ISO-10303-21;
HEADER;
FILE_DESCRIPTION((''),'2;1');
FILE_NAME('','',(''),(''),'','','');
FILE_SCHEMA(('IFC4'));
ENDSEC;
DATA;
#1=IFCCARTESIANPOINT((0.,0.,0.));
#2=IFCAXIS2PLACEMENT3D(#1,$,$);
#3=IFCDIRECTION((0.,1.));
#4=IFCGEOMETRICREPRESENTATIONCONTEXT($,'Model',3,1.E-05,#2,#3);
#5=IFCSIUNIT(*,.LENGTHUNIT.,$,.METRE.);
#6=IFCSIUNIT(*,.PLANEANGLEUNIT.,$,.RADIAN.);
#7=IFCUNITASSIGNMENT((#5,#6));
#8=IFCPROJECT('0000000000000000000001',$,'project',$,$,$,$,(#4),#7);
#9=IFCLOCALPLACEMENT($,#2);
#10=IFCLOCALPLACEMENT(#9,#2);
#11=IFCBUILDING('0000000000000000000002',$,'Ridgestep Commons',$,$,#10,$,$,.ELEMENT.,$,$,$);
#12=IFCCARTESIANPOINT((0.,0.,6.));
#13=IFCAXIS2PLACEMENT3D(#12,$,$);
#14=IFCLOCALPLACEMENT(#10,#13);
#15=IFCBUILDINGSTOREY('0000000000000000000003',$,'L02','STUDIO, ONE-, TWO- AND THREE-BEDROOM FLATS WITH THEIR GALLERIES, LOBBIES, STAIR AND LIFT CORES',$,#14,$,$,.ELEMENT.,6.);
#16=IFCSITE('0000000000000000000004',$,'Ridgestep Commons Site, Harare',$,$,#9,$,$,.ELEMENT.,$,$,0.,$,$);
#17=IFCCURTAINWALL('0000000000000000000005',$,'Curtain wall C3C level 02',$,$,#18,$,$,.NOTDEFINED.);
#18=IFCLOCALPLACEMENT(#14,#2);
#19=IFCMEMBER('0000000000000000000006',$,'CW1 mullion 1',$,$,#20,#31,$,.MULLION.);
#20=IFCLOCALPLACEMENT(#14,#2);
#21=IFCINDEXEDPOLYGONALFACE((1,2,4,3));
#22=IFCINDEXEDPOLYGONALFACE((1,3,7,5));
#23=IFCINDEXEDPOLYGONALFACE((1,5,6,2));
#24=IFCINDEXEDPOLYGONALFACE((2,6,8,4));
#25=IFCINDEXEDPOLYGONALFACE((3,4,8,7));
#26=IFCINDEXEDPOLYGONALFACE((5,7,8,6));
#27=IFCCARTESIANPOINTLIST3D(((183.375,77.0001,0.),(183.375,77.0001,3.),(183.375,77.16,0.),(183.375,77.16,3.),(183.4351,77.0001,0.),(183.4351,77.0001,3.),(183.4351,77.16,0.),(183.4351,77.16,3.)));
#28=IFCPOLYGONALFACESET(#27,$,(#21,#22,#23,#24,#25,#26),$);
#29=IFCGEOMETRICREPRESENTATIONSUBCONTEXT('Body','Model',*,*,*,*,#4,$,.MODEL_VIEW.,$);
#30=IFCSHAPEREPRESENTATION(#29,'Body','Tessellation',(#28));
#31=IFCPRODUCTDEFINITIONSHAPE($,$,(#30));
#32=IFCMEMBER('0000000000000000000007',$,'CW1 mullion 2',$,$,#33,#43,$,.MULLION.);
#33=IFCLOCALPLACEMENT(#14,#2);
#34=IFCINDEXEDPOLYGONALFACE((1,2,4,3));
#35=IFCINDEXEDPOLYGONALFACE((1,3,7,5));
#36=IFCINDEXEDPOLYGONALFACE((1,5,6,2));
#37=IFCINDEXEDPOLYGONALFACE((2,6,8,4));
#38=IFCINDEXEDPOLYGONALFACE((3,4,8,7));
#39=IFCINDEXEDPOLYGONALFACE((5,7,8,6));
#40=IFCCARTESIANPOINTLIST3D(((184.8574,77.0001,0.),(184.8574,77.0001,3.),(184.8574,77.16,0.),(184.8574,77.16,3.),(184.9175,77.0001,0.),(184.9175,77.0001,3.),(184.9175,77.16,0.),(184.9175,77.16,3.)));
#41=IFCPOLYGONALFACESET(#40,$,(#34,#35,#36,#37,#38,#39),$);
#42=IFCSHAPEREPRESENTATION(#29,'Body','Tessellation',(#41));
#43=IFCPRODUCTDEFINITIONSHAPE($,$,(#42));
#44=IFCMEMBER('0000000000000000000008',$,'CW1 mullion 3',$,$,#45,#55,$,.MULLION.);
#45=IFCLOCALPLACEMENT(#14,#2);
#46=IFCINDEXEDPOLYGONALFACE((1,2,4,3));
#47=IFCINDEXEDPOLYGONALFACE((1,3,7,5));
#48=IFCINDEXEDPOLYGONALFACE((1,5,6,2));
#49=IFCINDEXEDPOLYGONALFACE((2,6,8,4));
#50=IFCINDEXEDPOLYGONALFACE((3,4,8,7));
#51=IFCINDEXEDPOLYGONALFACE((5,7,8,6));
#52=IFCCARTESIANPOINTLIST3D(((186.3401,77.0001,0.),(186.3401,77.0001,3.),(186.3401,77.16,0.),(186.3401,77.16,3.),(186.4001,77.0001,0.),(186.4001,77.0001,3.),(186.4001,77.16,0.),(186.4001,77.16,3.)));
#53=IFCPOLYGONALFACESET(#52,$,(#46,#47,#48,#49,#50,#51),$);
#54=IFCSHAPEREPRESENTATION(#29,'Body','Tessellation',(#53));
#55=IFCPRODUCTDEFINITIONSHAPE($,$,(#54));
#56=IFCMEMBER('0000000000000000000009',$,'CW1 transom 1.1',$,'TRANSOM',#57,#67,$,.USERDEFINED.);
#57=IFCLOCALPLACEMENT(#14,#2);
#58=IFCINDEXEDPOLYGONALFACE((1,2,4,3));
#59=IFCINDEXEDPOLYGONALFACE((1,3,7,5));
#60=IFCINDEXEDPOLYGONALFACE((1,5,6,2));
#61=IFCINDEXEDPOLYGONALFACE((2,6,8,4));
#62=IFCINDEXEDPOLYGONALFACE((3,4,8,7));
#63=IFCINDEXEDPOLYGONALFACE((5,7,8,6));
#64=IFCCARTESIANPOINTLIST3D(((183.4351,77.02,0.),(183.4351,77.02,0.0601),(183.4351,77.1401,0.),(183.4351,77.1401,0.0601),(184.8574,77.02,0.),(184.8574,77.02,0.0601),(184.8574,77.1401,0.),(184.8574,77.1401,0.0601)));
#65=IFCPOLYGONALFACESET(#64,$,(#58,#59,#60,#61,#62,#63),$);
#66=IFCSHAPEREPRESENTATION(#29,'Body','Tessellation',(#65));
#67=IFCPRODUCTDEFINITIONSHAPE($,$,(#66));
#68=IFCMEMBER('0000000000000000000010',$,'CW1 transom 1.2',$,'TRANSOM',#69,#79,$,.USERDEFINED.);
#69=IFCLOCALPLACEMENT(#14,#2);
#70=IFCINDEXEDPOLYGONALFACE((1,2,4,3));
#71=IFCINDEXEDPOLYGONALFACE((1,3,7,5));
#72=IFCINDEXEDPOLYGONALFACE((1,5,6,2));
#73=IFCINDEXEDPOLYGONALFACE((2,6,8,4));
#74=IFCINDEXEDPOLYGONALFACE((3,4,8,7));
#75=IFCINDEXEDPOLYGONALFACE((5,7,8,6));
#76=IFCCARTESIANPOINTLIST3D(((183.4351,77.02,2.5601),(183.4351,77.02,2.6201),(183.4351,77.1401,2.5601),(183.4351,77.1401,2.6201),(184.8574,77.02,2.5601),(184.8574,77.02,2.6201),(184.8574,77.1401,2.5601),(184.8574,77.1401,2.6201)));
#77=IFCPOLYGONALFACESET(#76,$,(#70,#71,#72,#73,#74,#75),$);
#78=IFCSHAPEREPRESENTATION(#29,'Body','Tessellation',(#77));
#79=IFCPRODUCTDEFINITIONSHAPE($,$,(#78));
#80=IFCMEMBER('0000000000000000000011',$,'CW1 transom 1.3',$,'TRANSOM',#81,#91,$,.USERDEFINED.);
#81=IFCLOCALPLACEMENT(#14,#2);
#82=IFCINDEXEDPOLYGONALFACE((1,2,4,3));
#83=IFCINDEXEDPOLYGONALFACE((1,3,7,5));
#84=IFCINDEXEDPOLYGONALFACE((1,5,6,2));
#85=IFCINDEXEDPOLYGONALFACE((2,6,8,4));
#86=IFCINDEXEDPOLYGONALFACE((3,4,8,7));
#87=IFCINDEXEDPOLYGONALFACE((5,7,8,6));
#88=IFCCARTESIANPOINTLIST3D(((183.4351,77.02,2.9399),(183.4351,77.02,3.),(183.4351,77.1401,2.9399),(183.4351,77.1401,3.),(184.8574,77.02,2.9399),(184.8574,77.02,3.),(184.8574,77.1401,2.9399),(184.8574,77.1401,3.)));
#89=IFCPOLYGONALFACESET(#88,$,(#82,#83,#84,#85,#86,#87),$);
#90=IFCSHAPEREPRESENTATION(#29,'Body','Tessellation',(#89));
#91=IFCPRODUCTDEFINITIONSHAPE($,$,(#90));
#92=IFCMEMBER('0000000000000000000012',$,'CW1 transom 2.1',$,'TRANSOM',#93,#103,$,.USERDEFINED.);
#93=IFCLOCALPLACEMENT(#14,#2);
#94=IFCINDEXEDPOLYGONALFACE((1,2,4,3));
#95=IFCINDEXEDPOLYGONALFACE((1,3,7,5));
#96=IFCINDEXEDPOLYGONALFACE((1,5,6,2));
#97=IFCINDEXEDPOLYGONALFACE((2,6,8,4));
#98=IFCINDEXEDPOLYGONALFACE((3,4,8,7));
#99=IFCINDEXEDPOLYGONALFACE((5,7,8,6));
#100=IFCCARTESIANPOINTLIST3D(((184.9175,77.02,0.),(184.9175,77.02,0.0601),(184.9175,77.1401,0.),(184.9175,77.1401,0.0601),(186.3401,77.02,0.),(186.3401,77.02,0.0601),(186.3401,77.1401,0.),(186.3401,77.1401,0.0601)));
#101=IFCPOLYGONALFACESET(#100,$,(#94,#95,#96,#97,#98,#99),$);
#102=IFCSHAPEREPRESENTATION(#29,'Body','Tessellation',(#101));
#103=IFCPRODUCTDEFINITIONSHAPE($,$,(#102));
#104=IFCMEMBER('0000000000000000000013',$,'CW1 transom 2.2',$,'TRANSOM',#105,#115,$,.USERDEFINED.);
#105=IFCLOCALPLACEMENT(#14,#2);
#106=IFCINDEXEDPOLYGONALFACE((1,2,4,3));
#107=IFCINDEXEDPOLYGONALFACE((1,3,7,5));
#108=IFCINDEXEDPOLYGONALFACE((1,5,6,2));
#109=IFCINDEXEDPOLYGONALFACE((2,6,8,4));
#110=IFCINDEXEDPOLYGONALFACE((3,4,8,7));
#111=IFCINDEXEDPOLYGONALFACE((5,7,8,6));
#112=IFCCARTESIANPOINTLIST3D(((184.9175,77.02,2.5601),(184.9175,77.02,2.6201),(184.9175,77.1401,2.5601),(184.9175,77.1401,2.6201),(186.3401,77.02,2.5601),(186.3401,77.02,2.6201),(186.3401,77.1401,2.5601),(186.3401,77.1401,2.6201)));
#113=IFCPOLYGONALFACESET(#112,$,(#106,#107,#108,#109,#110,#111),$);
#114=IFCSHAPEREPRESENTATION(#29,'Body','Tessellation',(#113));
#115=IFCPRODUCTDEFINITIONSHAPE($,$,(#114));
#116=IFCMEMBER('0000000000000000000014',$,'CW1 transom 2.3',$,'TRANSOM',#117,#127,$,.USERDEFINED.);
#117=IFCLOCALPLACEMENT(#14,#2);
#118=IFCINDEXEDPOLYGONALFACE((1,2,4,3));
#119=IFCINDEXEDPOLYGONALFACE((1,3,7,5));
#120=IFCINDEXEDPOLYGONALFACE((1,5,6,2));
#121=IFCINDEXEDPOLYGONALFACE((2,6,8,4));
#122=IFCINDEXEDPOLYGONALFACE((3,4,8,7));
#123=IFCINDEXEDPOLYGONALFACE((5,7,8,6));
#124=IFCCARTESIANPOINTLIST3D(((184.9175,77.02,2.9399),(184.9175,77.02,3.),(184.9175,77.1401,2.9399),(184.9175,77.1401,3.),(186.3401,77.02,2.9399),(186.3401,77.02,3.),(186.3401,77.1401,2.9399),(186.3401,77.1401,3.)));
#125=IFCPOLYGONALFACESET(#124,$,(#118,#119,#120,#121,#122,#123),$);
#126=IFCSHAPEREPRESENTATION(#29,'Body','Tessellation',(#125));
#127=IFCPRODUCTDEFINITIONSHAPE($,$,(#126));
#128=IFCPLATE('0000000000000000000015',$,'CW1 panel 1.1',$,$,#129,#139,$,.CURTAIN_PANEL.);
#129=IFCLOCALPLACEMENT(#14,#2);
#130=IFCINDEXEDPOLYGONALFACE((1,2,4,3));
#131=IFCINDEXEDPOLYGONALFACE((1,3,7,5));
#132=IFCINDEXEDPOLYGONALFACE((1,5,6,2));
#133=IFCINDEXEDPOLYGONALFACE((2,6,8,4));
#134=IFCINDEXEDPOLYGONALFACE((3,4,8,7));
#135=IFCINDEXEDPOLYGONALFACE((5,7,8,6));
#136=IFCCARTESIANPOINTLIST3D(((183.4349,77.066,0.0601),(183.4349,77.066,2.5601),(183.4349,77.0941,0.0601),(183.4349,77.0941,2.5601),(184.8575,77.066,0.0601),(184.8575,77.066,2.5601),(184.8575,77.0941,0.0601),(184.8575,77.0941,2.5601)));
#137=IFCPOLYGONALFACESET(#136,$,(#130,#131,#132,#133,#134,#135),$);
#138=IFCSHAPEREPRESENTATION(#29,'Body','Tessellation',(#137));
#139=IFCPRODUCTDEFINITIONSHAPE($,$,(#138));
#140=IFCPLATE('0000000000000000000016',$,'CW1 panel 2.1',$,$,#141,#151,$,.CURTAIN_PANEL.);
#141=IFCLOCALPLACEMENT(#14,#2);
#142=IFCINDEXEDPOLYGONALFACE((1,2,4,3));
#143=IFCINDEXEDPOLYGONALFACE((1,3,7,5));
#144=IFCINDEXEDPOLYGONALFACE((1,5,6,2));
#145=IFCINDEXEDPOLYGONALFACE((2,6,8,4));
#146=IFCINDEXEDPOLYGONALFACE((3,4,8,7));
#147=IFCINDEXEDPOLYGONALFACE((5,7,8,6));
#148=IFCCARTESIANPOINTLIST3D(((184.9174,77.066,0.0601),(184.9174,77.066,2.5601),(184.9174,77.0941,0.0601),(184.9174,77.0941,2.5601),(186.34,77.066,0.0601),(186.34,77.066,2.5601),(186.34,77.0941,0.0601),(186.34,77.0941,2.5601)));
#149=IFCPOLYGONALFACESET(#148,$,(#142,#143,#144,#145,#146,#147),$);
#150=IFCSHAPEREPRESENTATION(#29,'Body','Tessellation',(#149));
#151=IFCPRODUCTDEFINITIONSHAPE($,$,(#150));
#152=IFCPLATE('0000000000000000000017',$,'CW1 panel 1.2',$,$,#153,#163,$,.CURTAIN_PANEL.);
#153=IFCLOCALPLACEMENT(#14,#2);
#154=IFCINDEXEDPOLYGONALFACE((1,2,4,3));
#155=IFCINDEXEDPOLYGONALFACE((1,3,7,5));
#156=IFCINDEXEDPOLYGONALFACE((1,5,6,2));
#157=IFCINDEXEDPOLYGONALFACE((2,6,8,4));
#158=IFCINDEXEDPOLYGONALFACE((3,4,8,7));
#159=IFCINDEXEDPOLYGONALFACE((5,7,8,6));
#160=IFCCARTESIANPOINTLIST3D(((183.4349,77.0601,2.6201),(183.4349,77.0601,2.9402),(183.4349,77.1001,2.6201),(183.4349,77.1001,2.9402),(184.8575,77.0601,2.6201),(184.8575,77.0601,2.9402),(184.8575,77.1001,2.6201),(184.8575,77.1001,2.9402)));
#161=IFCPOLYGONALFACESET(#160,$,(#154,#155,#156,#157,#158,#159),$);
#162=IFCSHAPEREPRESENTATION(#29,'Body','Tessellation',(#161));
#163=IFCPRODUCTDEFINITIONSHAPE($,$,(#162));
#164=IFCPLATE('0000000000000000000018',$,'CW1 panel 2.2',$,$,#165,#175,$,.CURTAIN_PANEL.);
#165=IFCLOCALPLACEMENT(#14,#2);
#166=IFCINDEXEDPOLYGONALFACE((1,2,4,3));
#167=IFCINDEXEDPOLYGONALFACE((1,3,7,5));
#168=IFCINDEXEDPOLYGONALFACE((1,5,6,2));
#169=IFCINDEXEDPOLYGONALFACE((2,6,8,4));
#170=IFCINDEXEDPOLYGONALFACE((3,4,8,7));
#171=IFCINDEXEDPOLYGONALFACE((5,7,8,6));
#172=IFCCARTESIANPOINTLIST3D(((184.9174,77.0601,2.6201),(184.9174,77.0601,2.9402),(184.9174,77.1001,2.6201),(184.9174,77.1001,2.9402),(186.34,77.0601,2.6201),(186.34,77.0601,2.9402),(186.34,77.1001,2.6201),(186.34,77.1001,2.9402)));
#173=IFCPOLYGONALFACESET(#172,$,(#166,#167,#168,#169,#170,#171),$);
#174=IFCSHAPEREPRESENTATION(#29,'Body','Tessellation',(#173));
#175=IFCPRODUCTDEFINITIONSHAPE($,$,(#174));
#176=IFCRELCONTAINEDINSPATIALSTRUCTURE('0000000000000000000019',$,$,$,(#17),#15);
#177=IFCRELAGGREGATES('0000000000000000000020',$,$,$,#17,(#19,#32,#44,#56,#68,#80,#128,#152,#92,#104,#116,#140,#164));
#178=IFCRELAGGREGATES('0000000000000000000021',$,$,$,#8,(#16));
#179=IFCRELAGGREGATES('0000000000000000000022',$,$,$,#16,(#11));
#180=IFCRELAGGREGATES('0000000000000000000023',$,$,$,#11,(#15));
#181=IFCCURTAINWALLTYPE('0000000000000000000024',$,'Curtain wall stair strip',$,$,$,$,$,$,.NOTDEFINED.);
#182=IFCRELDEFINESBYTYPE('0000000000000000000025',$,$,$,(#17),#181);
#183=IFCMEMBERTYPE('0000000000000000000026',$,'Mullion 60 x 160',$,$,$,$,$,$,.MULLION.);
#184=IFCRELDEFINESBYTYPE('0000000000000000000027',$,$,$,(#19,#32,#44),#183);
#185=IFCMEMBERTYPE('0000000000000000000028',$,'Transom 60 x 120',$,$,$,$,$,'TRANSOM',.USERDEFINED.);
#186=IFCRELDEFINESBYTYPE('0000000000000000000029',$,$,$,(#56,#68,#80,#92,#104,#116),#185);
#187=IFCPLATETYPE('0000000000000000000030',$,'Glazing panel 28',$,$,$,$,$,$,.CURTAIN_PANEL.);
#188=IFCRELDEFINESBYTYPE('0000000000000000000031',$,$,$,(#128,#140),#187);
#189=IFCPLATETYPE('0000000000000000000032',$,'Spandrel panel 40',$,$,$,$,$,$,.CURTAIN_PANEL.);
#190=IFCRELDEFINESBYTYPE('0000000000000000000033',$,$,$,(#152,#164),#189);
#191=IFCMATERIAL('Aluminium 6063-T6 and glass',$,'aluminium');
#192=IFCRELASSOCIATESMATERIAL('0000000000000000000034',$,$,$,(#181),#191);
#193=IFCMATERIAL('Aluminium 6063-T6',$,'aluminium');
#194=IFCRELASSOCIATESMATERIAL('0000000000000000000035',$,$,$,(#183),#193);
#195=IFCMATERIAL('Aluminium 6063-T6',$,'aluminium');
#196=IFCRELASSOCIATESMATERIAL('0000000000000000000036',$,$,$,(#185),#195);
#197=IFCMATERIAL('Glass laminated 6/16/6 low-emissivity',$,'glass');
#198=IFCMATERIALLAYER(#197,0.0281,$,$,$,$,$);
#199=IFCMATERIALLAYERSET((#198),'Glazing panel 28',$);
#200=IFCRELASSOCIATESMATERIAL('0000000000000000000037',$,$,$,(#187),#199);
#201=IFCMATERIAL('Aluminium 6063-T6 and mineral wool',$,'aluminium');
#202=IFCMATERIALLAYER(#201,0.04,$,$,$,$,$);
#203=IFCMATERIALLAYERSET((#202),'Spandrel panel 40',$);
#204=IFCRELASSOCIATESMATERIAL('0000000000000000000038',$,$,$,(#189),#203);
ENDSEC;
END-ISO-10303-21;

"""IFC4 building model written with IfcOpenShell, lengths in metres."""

from ifc_helpers import new_model, si_unit, direction, frame, origin, origin_2d, place, context, subcontext, project, spatial, rectangle, extrude, material, layer, layer_set, material_profile, profile_set, type_object, element, aggregate, save


model = new_model("IFC4")

# Units and contexts
model_context = context("Model", 3, precision=1e-05, world=origin(), true_north=direction((0.0, 1.0)))
body_context = subcontext(model_context, "Body", "Model", "MODEL_VIEW")
ifc_project = project(units=[si_unit("LENGTHUNIT", "METRE"), si_unit("PLANEANGLEUNIT", "RADIAN")], contexts=[model_context])

# Site, building, storey
site_placement = place(None, origin())
site = spatial("IfcSite", under=ifc_project, at=site_placement, Name="Ridgestep Commons Site, Harare", CompositionType="ELEMENT", RefElevation=0.0)
building_placement = place(site_placement, origin())
building = spatial("IfcBuilding", under=site, at=building_placement, Name="Ridgestep Commons", CompositionType="ELEMENT")
storey_placement = place(building_placement, frame((0.0, 0.0, 6.0)))
storey = spatial("IfcBuildingStorey", under=building, at=storey_placement, Name="L02", Description="STUDIO, ONE-, TWO- AND THREE-BEDROOM FLATS WITH THEIR GALLERIES, LOBBIES, STAIR AND LIFT CORES", CompositionType="ELEMENT", Elevation=6.0)

# Curtain wall, members, plates
ifc_material_1 = material(Name="Aluminium 6063-T6 and glass", Category="aluminium")
curtain_wall_type = type_object("IfcCurtainWallType", Name="Curtain wall stair strip", PredefinedType="NOTDEFINED", material=ifc_material_1)
curtain_wall_placement = place(storey_placement, origin())
curtain_wall = element("IfcCurtainWall", 1, at=curtain_wall_placement, inside=storey, type_object=curtain_wall_type, Name="Curtain wall C3C level 02", PredefinedType="NOTDEFINED")
ifc_material_2 = material(Name="Aluminium 6063-T6", Category="aluminium")
ifc_material_profile_1 = material_profile(ifc_material_2, rectangle(XDim=0.1599, YDim=0.0601, at=origin_2d()), Name="Mullion 60 x 160")
ifc_profile_set_1 = profile_set([ifc_material_profile_1], Name="Aluminium 6063-T6")
member_type_1 = type_object("IfcMemberType", Name="Mullion 60 x 160", PredefinedType="MULLION", material=ifc_profile_set_1)
member_1_placement = place(storey_placement, frame((183.405, 77.0801, 0.0), z_axis=(0.0, 0.0, 1.0), x_axis=(0.0, 1.0, 0.0)))
member_1 = element("IfcMember", 2, at=member_1_placement, type_object=member_type_1, Name="CW1 mullion 1", PredefinedType="MULLION", context=body_context, shape_type="SweptSolid", body=[
    extrude(rectangle(XDim=0.1599, YDim=0.0601, at=origin_2d()), origin(), (0.0, 0.0, 1.0), 3.0),
])
member_2_placement = place(storey_placement, frame((184.8875, 77.0801, 0.0), z_axis=(0.0, 0.0, 1.0), x_axis=(0.0, 1.0, 0.0)))
member_2 = element("IfcMember", 3, at=member_2_placement, type_object=member_type_1, Name="CW1 mullion 2", PredefinedType="MULLION", context=body_context, shape_type="SweptSolid", body=[
    extrude(rectangle(XDim=0.1599, YDim=0.0601, at=origin_2d()), origin(), (0.0, 0.0, 1.0), 3.0),
])
member_3_placement = place(storey_placement, frame((186.3701, 77.0801, 0.0), z_axis=(0.0, 0.0, 1.0), x_axis=(0.0, 1.0, 0.0)))
member_3 = element("IfcMember", 4, at=member_3_placement, type_object=member_type_1, Name="CW1 mullion 3", PredefinedType="MULLION", context=body_context, shape_type="SweptSolid", body=[
    extrude(rectangle(XDim=0.1599, YDim=0.0601, at=origin_2d()), origin(), (0.0, 0.0, 1.0), 3.0),
])
ifc_material_3 = material(Name="Aluminium 6063-T6", Category="aluminium")
ifc_material_profile_2 = material_profile(ifc_material_3, rectangle(XDim=0.1201, YDim=0.0601, at=origin_2d()), Name="Transom 60 x 120")
ifc_profile_set_2 = profile_set([ifc_material_profile_2], Name="Aluminium 6063-T6")
member_type_2 = type_object("IfcMemberType", Name="Transom 60 x 120", ElementType="TRANSOM", PredefinedType="USERDEFINED", material=ifc_profile_set_2)
member_4_placement = place(storey_placement, frame((183.4351, 77.0801, 0.03), z_axis=(1.0, 0.0, 0.0), x_axis=(0.0, 1.0, 0.0)))
member_4 = element("IfcMember", 5, at=member_4_placement, type_object=member_type_2, Name="CW1 transom 1.1", ObjectType="TRANSOM", PredefinedType="USERDEFINED", context=body_context, shape_type="SweptSolid", body=[
    extrude(rectangle(XDim=0.1201, YDim=0.0601, at=origin_2d()), origin(), (0.0, 0.0, 1.0), 1.4224),
])
member_5_placement = place(storey_placement, frame((183.4351, 77.0801, 2.5901), z_axis=(1.0, 0.0, 0.0), x_axis=(0.0, 1.0, 0.0)))
member_5 = element("IfcMember", 6, at=member_5_placement, type_object=member_type_2, Name="CW1 transom 1.2", ObjectType="TRANSOM", PredefinedType="USERDEFINED", context=body_context, shape_type="SweptSolid", body=[
    extrude(rectangle(XDim=0.1201, YDim=0.0601, at=origin_2d()), origin(), (0.0, 0.0, 1.0), 1.4224),
])
member_6_placement = place(storey_placement, frame((183.4351, 77.0801, 2.97), z_axis=(1.0, 0.0, 0.0), x_axis=(0.0, 1.0, 0.0)))
member_6 = element("IfcMember", 7, at=member_6_placement, type_object=member_type_2, Name="CW1 transom 1.3", ObjectType="TRANSOM", PredefinedType="USERDEFINED", context=body_context, shape_type="SweptSolid", body=[
    extrude(rectangle(XDim=0.1201, YDim=0.0601, at=origin_2d()), origin(), (0.0, 0.0, 1.0), 1.4224),
])
member_7_placement = place(storey_placement, frame((184.9175, 77.0801, 0.03), z_axis=(1.0, 0.0, 0.0), x_axis=(0.0, 1.0, 0.0)))
member_7 = element("IfcMember", 8, at=member_7_placement, type_object=member_type_2, Name="CW1 transom 2.1", ObjectType="TRANSOM", PredefinedType="USERDEFINED", context=body_context, shape_type="SweptSolid", body=[
    extrude(rectangle(XDim=0.1201, YDim=0.0601, at=origin_2d()), origin(), (0.0, 0.0, 1.0), 1.4226),
])
member_8_placement = place(storey_placement, frame((184.9175, 77.0801, 2.5901), z_axis=(1.0, 0.0, 0.0), x_axis=(0.0, 1.0, 0.0)))
member_8 = element("IfcMember", 9, at=member_8_placement, type_object=member_type_2, Name="CW1 transom 2.2", ObjectType="TRANSOM", PredefinedType="USERDEFINED", context=body_context, shape_type="SweptSolid", body=[
    extrude(rectangle(XDim=0.1201, YDim=0.0601, at=origin_2d()), origin(), (0.0, 0.0, 1.0), 1.4226),
])
member_9_placement = place(storey_placement, frame((184.9175, 77.0801, 2.97), z_axis=(1.0, 0.0, 0.0), x_axis=(0.0, 1.0, 0.0)))
member_9 = element("IfcMember", 10, at=member_9_placement, type_object=member_type_2, Name="CW1 transom 2.3", ObjectType="TRANSOM", PredefinedType="USERDEFINED", context=body_context, shape_type="SweptSolid", body=[
    extrude(rectangle(XDim=0.1201, YDim=0.0601, at=origin_2d()), origin(), (0.0, 0.0, 1.0), 1.4226),
])
ifc_material_4 = material(Name="Glass laminated 6/16/6 low-emissivity", Category="glass")
ifc_layer_1 = layer(ifc_material_4, 0.0281)
ifc_layer_set_1 = layer_set([ifc_layer_1], Name="Glazing panel 28")
plate_type_1 = type_object("IfcPlateType", Name="Glazing panel 28", PredefinedType="CURTAIN_PANEL", material=ifc_layer_set_1)
plate_1_placement = place(storey_placement, frame((184.1462, 77.0801, 0.0601), z_axis=(0.0, 0.0, 1.0), x_axis=(1.0, 0.0, 0.0)))
plate_1 = element("IfcPlate", 11, at=plate_1_placement, type_object=plate_type_1, Name="CW1 panel 1.1", PredefinedType="CURTAIN_PANEL", context=body_context, shape_type="SweptSolid", body=[
    extrude(rectangle(XDim=1.4226, YDim=0.0281, at=origin_2d()), origin(), (0.0, 0.0, 1.0), 2.5),
])
plate_2_placement = place(storey_placement, frame((185.6287, 77.0801, 0.0601), z_axis=(0.0, 0.0, 1.0), x_axis=(1.0, 0.0, 0.0)))
plate_2 = element("IfcPlate", 12, at=plate_2_placement, type_object=plate_type_1, Name="CW1 panel 2.1", PredefinedType="CURTAIN_PANEL", context=body_context, shape_type="SweptSolid", body=[
    extrude(rectangle(XDim=1.4226, YDim=0.0281, at=origin_2d()), origin(), (0.0, 0.0, 1.0), 2.5),
])
ifc_material_5 = material(Name="Aluminium 6063-T6 and mineral wool", Category="aluminium")
ifc_layer_2 = layer(ifc_material_5, 0.04)
ifc_layer_set_2 = layer_set([ifc_layer_2], Name="Spandrel panel 40")
plate_type_2 = type_object("IfcPlateType", Name="Spandrel panel 40", PredefinedType="CURTAIN_PANEL", material=ifc_layer_set_2)
plate_3_placement = place(storey_placement, frame((184.1462, 77.0801, 2.6201), z_axis=(0.0, 0.0, 1.0), x_axis=(1.0, 0.0, 0.0)))
plate_3 = element("IfcPlate", 13, at=plate_3_placement, type_object=plate_type_2, Name="CW1 panel 1.2", PredefinedType="CURTAIN_PANEL", context=body_context, shape_type="SweptSolid", body=[
    extrude(rectangle(XDim=1.4226, YDim=0.04, at=origin_2d()), origin(), (0.0, 0.0, 1.0), 0.3201),
])
plate_4_placement = place(storey_placement, frame((185.6287, 77.0801, 2.6201), z_axis=(0.0, 0.0, 1.0), x_axis=(1.0, 0.0, 0.0)))
plate_4 = element("IfcPlate", 14, at=plate_4_placement, type_object=plate_type_2, Name="CW1 panel 2.2", PredefinedType="CURTAIN_PANEL", context=body_context, shape_type="SweptSolid", body=[
    extrude(rectangle(XDim=1.4226, YDim=0.04, at=origin_2d()), origin(), (0.0, 0.0, 1.0), 0.3201),
])
aggregate(curtain_wall, [member_1, member_2, member_3, member_4, member_5, member_6, plate_1, plate_3, member_7, member_8, member_9, plate_2, plate_4])

save(model, "model.ifc")
